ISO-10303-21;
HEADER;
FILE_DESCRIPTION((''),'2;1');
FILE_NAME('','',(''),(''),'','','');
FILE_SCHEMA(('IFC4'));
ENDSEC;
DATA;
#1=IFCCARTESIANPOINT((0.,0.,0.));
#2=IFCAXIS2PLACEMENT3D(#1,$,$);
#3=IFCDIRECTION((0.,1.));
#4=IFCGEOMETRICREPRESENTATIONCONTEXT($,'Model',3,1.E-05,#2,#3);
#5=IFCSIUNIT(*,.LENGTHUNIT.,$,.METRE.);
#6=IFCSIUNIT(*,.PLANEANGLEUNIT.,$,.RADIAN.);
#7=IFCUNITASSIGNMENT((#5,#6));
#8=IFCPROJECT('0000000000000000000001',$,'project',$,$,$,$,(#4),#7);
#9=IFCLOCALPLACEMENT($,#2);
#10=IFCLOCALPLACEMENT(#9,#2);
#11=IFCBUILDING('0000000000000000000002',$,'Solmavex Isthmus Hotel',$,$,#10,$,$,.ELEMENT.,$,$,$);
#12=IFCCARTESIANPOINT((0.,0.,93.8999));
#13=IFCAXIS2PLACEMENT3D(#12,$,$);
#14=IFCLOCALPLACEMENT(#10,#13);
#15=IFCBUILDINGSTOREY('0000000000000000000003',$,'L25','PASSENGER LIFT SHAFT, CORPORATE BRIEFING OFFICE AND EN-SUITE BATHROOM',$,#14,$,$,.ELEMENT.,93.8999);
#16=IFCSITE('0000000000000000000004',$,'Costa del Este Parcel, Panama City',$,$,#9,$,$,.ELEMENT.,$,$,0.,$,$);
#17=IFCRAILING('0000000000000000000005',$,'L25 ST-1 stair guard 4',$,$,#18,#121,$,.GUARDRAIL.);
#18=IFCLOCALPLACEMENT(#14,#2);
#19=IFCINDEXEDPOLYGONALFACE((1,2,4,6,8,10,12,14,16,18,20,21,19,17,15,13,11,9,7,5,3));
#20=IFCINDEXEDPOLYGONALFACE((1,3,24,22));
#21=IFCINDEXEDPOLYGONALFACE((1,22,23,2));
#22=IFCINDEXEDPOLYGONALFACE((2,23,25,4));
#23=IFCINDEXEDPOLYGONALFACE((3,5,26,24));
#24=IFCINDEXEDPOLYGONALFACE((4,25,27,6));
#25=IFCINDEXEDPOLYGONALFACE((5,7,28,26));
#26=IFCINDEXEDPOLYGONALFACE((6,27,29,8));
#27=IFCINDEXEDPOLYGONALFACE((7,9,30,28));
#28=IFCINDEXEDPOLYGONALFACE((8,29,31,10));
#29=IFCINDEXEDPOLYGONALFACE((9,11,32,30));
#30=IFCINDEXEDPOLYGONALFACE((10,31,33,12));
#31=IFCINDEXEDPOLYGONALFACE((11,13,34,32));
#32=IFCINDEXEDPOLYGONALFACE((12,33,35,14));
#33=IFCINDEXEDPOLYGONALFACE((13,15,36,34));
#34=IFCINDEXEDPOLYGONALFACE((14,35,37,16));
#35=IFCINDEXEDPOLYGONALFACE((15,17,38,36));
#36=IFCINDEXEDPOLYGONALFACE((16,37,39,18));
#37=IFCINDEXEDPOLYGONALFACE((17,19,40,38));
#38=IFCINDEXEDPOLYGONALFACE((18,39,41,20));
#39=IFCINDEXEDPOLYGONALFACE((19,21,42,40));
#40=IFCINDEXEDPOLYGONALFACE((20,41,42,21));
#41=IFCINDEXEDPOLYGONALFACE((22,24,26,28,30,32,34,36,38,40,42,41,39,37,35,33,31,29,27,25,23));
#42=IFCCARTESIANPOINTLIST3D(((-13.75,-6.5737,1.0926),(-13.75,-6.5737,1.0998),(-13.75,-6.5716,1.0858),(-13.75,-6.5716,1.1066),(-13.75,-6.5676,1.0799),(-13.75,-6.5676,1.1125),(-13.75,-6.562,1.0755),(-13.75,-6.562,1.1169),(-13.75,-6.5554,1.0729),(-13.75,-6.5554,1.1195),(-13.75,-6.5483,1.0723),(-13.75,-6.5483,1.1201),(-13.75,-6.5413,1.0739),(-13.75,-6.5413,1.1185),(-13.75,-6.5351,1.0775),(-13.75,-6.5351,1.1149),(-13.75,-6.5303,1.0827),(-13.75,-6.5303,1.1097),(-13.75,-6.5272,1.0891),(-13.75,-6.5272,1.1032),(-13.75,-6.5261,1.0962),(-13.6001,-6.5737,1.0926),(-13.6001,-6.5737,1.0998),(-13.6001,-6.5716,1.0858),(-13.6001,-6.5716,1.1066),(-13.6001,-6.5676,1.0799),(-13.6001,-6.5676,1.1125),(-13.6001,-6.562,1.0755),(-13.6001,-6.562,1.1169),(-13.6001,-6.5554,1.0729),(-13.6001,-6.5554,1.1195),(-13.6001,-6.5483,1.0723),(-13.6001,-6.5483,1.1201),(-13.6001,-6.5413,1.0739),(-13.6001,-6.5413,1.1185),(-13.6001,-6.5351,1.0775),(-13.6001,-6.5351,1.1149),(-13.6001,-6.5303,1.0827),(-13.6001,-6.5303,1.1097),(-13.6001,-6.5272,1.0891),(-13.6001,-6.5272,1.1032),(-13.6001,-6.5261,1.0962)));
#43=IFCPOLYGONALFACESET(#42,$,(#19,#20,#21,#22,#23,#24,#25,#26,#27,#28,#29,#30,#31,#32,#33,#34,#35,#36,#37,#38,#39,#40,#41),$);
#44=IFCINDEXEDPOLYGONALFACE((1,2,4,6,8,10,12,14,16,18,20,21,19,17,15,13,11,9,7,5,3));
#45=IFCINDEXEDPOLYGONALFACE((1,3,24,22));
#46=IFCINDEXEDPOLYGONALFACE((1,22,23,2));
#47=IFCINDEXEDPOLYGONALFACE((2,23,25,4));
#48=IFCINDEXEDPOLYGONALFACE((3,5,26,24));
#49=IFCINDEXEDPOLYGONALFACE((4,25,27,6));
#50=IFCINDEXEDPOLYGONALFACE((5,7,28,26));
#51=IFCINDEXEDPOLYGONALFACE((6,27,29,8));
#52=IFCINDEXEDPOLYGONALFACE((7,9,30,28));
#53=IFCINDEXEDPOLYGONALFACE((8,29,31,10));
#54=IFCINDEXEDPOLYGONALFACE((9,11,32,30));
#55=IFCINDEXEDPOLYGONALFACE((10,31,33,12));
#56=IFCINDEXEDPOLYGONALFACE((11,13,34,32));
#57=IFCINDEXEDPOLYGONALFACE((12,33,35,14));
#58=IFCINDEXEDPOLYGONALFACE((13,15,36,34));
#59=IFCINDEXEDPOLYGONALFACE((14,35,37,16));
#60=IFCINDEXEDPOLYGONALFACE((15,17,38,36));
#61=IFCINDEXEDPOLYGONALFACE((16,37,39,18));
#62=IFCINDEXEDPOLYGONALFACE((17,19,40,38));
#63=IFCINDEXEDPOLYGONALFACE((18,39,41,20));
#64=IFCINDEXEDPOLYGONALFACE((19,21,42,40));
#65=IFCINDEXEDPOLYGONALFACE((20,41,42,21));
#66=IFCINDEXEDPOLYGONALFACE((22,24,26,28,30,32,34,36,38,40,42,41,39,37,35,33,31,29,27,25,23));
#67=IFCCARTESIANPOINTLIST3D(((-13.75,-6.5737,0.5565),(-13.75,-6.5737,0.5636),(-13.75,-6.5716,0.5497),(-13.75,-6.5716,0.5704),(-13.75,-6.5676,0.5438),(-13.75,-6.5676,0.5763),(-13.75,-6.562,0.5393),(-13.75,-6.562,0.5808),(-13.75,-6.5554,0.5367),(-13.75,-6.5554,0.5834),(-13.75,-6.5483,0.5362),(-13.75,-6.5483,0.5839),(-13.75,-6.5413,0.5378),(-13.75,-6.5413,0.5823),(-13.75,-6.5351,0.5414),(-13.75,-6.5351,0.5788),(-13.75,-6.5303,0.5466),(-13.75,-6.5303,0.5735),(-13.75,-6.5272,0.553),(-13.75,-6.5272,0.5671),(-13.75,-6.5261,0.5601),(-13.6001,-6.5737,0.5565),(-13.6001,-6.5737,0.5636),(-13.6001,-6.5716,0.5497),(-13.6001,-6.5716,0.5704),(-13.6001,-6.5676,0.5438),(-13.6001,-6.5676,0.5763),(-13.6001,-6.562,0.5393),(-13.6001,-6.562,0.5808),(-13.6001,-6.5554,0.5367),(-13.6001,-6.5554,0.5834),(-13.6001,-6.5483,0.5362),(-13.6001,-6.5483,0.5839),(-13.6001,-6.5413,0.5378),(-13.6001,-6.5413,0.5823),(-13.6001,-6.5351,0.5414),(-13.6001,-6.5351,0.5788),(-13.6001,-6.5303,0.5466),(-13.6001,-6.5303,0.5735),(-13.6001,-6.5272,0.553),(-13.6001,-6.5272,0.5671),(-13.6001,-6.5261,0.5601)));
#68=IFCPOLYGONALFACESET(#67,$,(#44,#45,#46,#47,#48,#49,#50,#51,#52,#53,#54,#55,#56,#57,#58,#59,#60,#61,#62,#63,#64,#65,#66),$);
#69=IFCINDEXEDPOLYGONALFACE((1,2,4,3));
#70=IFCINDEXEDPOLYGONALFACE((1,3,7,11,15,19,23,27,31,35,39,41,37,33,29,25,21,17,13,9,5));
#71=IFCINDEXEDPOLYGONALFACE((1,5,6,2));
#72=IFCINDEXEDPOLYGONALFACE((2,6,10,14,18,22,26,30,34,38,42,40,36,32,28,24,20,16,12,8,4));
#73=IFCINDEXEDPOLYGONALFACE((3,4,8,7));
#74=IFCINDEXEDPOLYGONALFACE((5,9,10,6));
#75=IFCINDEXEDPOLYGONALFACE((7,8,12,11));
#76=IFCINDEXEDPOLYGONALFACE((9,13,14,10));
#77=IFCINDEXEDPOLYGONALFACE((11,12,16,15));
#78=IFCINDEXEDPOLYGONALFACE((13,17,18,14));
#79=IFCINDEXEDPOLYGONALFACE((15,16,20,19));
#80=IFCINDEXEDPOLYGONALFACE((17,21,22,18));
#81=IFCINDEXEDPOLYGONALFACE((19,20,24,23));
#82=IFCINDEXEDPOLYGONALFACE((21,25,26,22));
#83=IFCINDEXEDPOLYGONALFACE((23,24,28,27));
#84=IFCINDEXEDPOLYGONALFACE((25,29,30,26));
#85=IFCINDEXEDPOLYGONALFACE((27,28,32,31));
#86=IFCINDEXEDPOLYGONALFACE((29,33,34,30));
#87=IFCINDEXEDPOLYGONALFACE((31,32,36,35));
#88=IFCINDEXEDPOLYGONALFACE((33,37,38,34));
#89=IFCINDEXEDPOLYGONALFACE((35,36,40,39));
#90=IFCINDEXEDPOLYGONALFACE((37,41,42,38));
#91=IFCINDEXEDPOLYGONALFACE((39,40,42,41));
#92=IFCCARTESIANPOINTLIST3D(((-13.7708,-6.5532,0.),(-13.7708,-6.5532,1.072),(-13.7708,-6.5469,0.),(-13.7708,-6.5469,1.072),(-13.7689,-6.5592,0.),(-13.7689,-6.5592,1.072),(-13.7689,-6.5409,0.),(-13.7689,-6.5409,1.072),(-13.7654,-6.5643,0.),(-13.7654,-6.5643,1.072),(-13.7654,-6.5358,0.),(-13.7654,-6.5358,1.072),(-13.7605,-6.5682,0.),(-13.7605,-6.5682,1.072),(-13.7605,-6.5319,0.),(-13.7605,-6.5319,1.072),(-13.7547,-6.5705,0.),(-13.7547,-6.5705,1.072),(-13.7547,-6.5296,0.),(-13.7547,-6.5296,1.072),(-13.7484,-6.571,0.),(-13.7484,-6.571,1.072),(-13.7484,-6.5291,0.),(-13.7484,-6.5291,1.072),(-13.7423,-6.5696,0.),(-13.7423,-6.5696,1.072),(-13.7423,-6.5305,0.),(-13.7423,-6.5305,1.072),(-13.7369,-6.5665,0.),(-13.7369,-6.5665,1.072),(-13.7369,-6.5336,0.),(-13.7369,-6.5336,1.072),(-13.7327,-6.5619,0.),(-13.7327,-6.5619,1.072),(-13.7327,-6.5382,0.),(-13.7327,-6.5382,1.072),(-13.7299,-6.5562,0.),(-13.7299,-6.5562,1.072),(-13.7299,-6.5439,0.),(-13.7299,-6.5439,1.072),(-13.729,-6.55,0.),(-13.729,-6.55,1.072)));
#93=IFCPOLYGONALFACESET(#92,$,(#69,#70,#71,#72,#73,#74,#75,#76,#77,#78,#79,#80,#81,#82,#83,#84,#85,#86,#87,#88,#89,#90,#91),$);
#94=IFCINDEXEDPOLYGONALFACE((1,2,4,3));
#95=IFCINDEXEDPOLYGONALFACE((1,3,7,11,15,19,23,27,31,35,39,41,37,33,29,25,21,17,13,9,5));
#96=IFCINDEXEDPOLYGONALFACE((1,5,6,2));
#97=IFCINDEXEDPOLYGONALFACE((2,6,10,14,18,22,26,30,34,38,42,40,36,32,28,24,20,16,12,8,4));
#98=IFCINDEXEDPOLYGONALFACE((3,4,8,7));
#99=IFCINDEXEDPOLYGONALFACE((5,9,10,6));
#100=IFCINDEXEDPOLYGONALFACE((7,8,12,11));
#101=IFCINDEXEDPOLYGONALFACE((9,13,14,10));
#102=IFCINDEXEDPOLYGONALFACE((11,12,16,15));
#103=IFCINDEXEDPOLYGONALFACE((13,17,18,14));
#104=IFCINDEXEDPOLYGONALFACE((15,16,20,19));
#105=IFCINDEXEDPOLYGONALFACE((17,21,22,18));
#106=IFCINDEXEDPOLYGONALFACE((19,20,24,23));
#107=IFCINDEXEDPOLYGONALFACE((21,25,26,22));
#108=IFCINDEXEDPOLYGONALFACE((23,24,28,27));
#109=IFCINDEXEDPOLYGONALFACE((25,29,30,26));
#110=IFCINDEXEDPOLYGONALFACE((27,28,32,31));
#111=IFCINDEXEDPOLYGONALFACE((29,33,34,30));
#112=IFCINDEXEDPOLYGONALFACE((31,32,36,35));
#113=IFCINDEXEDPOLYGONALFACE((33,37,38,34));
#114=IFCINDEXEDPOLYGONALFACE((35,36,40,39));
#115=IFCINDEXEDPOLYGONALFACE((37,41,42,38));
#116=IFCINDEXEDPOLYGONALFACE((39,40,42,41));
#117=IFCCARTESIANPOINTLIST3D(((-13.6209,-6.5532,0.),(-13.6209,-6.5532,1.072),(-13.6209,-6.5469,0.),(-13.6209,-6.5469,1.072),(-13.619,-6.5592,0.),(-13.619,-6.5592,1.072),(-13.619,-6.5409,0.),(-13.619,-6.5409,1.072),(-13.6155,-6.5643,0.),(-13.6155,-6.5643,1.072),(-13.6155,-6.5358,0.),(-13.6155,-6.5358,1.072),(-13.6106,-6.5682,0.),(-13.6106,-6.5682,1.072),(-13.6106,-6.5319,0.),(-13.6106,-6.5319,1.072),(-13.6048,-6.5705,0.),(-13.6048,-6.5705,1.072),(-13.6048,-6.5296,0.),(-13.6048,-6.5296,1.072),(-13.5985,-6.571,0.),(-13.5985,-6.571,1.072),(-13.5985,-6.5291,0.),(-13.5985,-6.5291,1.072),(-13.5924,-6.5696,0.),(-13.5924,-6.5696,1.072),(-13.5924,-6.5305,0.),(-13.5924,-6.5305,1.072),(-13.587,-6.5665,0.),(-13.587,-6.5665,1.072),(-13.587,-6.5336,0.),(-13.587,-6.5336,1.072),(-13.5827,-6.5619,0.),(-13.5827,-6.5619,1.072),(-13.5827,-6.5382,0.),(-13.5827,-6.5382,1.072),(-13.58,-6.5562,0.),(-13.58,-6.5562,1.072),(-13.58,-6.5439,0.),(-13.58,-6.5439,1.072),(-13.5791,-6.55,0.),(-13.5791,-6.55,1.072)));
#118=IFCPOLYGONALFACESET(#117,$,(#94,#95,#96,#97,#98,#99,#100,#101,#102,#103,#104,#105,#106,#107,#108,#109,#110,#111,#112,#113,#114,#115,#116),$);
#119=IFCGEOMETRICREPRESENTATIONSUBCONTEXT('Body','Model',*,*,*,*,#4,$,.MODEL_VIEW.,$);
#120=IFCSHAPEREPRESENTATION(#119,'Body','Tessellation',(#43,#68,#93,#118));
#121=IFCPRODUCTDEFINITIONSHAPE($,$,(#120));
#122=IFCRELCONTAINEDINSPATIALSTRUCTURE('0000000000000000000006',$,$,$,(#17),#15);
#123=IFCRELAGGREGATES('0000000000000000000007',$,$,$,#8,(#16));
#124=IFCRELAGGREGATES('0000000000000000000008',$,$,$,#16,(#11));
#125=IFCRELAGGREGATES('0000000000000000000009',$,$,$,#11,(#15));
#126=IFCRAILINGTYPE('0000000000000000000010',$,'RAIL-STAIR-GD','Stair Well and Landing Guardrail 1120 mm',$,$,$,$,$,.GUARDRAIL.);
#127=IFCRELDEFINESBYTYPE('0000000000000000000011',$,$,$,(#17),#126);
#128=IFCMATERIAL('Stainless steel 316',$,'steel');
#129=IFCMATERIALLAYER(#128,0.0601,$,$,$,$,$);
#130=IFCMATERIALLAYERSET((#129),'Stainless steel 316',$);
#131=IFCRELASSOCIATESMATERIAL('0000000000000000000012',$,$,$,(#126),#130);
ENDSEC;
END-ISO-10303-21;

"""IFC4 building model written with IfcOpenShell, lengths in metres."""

from ifc_helpers import new_model, si_unit, direction, frame, origin, origin_2d, place, context, subcontext, project, spatial, circle, extrude, material, layer, layer_set, type_object, element, save


model = new_model("IFC4")

# Units and contexts
model_context = context("Model", 3, precision=1e-05, world=origin(), true_north=direction((0.0, 1.0)))
body_context = subcontext(model_context, "Body", "Model", "MODEL_VIEW")
ifc_project = project(units=[si_unit("LENGTHUNIT", "METRE"), si_unit("PLANEANGLEUNIT", "RADIAN")], contexts=[model_context])

# Site, building, storey
site_placement = place(None, origin())
site = spatial("IfcSite", under=ifc_project, at=site_placement, Name="Costa del Este Parcel, Panama City", CompositionType="ELEMENT", RefElevation=0.0)
building_placement = place(site_placement, origin())
building = spatial("IfcBuilding", under=site, at=building_placement, Name="Solmavex Isthmus Hotel", CompositionType="ELEMENT")
storey_placement = place(building_placement, frame((0.0, 0.0, 93.8999)))
storey = spatial("IfcBuildingStorey", under=building, at=storey_placement, Name="L25", Description="PASSENGER LIFT SHAFT, CORPORATE BRIEFING OFFICE AND EN-SUITE BATHROOM", CompositionType="ELEMENT", Elevation=93.8999)

# Shared definitions
ifc_material_1 = material(Name="Stainless steel 316", Category="steel")

# Railing
ifc_layer_1 = layer(ifc_material_1, 0.0601)
ifc_layer_set_1 = layer_set([ifc_layer_1], Name="Stainless steel 316")
railing_type_1 = type_object("IfcRailingType", Name="RAIL-STAIR-GD", Description="Stair Well and Landing Guardrail 1120 mm", PredefinedType="GUARDRAIL", material=ifc_layer_set_1)
railing_1_placement = place(storey_placement, frame((-13.75, -6.55, 0.0)))
element("IfcRailing", 1, at=railing_1_placement, inside=storey, type_object=railing_type_1, Name="L25 ST-1 stair guard 4", PredefinedType="GUARDRAIL", context=body_context, shape_type="SweptSolid", body=[
    extrude(circle(Radius=0.0239, at=origin_2d()), frame((0.0, 0.0, 1.0962), z_axis=(1.0, 0.0, 0.0), x_axis=(0.0, 1.0, 0.0)), (0.0, 0.0, 1.0), 0.1499),
    extrude(circle(Radius=0.0239, at=origin_2d()), frame((0.0, 0.0, 0.5601), z_axis=(1.0, 0.0, 0.0), x_axis=(0.0, 1.0, 0.0)), (0.0, 0.0, 1.0), 0.1499),
    extrude(circle(Radius=0.021, at=origin_2d()), origin(), (0.0, 0.0, 1.0), 1.072),
    extrude(circle(Radius=0.021, at=origin_2d()), frame((0.1499, 0.0, 0.0)), (0.0, 0.0, 1.0), 1.072),
])

save(model, "model.ifc")
